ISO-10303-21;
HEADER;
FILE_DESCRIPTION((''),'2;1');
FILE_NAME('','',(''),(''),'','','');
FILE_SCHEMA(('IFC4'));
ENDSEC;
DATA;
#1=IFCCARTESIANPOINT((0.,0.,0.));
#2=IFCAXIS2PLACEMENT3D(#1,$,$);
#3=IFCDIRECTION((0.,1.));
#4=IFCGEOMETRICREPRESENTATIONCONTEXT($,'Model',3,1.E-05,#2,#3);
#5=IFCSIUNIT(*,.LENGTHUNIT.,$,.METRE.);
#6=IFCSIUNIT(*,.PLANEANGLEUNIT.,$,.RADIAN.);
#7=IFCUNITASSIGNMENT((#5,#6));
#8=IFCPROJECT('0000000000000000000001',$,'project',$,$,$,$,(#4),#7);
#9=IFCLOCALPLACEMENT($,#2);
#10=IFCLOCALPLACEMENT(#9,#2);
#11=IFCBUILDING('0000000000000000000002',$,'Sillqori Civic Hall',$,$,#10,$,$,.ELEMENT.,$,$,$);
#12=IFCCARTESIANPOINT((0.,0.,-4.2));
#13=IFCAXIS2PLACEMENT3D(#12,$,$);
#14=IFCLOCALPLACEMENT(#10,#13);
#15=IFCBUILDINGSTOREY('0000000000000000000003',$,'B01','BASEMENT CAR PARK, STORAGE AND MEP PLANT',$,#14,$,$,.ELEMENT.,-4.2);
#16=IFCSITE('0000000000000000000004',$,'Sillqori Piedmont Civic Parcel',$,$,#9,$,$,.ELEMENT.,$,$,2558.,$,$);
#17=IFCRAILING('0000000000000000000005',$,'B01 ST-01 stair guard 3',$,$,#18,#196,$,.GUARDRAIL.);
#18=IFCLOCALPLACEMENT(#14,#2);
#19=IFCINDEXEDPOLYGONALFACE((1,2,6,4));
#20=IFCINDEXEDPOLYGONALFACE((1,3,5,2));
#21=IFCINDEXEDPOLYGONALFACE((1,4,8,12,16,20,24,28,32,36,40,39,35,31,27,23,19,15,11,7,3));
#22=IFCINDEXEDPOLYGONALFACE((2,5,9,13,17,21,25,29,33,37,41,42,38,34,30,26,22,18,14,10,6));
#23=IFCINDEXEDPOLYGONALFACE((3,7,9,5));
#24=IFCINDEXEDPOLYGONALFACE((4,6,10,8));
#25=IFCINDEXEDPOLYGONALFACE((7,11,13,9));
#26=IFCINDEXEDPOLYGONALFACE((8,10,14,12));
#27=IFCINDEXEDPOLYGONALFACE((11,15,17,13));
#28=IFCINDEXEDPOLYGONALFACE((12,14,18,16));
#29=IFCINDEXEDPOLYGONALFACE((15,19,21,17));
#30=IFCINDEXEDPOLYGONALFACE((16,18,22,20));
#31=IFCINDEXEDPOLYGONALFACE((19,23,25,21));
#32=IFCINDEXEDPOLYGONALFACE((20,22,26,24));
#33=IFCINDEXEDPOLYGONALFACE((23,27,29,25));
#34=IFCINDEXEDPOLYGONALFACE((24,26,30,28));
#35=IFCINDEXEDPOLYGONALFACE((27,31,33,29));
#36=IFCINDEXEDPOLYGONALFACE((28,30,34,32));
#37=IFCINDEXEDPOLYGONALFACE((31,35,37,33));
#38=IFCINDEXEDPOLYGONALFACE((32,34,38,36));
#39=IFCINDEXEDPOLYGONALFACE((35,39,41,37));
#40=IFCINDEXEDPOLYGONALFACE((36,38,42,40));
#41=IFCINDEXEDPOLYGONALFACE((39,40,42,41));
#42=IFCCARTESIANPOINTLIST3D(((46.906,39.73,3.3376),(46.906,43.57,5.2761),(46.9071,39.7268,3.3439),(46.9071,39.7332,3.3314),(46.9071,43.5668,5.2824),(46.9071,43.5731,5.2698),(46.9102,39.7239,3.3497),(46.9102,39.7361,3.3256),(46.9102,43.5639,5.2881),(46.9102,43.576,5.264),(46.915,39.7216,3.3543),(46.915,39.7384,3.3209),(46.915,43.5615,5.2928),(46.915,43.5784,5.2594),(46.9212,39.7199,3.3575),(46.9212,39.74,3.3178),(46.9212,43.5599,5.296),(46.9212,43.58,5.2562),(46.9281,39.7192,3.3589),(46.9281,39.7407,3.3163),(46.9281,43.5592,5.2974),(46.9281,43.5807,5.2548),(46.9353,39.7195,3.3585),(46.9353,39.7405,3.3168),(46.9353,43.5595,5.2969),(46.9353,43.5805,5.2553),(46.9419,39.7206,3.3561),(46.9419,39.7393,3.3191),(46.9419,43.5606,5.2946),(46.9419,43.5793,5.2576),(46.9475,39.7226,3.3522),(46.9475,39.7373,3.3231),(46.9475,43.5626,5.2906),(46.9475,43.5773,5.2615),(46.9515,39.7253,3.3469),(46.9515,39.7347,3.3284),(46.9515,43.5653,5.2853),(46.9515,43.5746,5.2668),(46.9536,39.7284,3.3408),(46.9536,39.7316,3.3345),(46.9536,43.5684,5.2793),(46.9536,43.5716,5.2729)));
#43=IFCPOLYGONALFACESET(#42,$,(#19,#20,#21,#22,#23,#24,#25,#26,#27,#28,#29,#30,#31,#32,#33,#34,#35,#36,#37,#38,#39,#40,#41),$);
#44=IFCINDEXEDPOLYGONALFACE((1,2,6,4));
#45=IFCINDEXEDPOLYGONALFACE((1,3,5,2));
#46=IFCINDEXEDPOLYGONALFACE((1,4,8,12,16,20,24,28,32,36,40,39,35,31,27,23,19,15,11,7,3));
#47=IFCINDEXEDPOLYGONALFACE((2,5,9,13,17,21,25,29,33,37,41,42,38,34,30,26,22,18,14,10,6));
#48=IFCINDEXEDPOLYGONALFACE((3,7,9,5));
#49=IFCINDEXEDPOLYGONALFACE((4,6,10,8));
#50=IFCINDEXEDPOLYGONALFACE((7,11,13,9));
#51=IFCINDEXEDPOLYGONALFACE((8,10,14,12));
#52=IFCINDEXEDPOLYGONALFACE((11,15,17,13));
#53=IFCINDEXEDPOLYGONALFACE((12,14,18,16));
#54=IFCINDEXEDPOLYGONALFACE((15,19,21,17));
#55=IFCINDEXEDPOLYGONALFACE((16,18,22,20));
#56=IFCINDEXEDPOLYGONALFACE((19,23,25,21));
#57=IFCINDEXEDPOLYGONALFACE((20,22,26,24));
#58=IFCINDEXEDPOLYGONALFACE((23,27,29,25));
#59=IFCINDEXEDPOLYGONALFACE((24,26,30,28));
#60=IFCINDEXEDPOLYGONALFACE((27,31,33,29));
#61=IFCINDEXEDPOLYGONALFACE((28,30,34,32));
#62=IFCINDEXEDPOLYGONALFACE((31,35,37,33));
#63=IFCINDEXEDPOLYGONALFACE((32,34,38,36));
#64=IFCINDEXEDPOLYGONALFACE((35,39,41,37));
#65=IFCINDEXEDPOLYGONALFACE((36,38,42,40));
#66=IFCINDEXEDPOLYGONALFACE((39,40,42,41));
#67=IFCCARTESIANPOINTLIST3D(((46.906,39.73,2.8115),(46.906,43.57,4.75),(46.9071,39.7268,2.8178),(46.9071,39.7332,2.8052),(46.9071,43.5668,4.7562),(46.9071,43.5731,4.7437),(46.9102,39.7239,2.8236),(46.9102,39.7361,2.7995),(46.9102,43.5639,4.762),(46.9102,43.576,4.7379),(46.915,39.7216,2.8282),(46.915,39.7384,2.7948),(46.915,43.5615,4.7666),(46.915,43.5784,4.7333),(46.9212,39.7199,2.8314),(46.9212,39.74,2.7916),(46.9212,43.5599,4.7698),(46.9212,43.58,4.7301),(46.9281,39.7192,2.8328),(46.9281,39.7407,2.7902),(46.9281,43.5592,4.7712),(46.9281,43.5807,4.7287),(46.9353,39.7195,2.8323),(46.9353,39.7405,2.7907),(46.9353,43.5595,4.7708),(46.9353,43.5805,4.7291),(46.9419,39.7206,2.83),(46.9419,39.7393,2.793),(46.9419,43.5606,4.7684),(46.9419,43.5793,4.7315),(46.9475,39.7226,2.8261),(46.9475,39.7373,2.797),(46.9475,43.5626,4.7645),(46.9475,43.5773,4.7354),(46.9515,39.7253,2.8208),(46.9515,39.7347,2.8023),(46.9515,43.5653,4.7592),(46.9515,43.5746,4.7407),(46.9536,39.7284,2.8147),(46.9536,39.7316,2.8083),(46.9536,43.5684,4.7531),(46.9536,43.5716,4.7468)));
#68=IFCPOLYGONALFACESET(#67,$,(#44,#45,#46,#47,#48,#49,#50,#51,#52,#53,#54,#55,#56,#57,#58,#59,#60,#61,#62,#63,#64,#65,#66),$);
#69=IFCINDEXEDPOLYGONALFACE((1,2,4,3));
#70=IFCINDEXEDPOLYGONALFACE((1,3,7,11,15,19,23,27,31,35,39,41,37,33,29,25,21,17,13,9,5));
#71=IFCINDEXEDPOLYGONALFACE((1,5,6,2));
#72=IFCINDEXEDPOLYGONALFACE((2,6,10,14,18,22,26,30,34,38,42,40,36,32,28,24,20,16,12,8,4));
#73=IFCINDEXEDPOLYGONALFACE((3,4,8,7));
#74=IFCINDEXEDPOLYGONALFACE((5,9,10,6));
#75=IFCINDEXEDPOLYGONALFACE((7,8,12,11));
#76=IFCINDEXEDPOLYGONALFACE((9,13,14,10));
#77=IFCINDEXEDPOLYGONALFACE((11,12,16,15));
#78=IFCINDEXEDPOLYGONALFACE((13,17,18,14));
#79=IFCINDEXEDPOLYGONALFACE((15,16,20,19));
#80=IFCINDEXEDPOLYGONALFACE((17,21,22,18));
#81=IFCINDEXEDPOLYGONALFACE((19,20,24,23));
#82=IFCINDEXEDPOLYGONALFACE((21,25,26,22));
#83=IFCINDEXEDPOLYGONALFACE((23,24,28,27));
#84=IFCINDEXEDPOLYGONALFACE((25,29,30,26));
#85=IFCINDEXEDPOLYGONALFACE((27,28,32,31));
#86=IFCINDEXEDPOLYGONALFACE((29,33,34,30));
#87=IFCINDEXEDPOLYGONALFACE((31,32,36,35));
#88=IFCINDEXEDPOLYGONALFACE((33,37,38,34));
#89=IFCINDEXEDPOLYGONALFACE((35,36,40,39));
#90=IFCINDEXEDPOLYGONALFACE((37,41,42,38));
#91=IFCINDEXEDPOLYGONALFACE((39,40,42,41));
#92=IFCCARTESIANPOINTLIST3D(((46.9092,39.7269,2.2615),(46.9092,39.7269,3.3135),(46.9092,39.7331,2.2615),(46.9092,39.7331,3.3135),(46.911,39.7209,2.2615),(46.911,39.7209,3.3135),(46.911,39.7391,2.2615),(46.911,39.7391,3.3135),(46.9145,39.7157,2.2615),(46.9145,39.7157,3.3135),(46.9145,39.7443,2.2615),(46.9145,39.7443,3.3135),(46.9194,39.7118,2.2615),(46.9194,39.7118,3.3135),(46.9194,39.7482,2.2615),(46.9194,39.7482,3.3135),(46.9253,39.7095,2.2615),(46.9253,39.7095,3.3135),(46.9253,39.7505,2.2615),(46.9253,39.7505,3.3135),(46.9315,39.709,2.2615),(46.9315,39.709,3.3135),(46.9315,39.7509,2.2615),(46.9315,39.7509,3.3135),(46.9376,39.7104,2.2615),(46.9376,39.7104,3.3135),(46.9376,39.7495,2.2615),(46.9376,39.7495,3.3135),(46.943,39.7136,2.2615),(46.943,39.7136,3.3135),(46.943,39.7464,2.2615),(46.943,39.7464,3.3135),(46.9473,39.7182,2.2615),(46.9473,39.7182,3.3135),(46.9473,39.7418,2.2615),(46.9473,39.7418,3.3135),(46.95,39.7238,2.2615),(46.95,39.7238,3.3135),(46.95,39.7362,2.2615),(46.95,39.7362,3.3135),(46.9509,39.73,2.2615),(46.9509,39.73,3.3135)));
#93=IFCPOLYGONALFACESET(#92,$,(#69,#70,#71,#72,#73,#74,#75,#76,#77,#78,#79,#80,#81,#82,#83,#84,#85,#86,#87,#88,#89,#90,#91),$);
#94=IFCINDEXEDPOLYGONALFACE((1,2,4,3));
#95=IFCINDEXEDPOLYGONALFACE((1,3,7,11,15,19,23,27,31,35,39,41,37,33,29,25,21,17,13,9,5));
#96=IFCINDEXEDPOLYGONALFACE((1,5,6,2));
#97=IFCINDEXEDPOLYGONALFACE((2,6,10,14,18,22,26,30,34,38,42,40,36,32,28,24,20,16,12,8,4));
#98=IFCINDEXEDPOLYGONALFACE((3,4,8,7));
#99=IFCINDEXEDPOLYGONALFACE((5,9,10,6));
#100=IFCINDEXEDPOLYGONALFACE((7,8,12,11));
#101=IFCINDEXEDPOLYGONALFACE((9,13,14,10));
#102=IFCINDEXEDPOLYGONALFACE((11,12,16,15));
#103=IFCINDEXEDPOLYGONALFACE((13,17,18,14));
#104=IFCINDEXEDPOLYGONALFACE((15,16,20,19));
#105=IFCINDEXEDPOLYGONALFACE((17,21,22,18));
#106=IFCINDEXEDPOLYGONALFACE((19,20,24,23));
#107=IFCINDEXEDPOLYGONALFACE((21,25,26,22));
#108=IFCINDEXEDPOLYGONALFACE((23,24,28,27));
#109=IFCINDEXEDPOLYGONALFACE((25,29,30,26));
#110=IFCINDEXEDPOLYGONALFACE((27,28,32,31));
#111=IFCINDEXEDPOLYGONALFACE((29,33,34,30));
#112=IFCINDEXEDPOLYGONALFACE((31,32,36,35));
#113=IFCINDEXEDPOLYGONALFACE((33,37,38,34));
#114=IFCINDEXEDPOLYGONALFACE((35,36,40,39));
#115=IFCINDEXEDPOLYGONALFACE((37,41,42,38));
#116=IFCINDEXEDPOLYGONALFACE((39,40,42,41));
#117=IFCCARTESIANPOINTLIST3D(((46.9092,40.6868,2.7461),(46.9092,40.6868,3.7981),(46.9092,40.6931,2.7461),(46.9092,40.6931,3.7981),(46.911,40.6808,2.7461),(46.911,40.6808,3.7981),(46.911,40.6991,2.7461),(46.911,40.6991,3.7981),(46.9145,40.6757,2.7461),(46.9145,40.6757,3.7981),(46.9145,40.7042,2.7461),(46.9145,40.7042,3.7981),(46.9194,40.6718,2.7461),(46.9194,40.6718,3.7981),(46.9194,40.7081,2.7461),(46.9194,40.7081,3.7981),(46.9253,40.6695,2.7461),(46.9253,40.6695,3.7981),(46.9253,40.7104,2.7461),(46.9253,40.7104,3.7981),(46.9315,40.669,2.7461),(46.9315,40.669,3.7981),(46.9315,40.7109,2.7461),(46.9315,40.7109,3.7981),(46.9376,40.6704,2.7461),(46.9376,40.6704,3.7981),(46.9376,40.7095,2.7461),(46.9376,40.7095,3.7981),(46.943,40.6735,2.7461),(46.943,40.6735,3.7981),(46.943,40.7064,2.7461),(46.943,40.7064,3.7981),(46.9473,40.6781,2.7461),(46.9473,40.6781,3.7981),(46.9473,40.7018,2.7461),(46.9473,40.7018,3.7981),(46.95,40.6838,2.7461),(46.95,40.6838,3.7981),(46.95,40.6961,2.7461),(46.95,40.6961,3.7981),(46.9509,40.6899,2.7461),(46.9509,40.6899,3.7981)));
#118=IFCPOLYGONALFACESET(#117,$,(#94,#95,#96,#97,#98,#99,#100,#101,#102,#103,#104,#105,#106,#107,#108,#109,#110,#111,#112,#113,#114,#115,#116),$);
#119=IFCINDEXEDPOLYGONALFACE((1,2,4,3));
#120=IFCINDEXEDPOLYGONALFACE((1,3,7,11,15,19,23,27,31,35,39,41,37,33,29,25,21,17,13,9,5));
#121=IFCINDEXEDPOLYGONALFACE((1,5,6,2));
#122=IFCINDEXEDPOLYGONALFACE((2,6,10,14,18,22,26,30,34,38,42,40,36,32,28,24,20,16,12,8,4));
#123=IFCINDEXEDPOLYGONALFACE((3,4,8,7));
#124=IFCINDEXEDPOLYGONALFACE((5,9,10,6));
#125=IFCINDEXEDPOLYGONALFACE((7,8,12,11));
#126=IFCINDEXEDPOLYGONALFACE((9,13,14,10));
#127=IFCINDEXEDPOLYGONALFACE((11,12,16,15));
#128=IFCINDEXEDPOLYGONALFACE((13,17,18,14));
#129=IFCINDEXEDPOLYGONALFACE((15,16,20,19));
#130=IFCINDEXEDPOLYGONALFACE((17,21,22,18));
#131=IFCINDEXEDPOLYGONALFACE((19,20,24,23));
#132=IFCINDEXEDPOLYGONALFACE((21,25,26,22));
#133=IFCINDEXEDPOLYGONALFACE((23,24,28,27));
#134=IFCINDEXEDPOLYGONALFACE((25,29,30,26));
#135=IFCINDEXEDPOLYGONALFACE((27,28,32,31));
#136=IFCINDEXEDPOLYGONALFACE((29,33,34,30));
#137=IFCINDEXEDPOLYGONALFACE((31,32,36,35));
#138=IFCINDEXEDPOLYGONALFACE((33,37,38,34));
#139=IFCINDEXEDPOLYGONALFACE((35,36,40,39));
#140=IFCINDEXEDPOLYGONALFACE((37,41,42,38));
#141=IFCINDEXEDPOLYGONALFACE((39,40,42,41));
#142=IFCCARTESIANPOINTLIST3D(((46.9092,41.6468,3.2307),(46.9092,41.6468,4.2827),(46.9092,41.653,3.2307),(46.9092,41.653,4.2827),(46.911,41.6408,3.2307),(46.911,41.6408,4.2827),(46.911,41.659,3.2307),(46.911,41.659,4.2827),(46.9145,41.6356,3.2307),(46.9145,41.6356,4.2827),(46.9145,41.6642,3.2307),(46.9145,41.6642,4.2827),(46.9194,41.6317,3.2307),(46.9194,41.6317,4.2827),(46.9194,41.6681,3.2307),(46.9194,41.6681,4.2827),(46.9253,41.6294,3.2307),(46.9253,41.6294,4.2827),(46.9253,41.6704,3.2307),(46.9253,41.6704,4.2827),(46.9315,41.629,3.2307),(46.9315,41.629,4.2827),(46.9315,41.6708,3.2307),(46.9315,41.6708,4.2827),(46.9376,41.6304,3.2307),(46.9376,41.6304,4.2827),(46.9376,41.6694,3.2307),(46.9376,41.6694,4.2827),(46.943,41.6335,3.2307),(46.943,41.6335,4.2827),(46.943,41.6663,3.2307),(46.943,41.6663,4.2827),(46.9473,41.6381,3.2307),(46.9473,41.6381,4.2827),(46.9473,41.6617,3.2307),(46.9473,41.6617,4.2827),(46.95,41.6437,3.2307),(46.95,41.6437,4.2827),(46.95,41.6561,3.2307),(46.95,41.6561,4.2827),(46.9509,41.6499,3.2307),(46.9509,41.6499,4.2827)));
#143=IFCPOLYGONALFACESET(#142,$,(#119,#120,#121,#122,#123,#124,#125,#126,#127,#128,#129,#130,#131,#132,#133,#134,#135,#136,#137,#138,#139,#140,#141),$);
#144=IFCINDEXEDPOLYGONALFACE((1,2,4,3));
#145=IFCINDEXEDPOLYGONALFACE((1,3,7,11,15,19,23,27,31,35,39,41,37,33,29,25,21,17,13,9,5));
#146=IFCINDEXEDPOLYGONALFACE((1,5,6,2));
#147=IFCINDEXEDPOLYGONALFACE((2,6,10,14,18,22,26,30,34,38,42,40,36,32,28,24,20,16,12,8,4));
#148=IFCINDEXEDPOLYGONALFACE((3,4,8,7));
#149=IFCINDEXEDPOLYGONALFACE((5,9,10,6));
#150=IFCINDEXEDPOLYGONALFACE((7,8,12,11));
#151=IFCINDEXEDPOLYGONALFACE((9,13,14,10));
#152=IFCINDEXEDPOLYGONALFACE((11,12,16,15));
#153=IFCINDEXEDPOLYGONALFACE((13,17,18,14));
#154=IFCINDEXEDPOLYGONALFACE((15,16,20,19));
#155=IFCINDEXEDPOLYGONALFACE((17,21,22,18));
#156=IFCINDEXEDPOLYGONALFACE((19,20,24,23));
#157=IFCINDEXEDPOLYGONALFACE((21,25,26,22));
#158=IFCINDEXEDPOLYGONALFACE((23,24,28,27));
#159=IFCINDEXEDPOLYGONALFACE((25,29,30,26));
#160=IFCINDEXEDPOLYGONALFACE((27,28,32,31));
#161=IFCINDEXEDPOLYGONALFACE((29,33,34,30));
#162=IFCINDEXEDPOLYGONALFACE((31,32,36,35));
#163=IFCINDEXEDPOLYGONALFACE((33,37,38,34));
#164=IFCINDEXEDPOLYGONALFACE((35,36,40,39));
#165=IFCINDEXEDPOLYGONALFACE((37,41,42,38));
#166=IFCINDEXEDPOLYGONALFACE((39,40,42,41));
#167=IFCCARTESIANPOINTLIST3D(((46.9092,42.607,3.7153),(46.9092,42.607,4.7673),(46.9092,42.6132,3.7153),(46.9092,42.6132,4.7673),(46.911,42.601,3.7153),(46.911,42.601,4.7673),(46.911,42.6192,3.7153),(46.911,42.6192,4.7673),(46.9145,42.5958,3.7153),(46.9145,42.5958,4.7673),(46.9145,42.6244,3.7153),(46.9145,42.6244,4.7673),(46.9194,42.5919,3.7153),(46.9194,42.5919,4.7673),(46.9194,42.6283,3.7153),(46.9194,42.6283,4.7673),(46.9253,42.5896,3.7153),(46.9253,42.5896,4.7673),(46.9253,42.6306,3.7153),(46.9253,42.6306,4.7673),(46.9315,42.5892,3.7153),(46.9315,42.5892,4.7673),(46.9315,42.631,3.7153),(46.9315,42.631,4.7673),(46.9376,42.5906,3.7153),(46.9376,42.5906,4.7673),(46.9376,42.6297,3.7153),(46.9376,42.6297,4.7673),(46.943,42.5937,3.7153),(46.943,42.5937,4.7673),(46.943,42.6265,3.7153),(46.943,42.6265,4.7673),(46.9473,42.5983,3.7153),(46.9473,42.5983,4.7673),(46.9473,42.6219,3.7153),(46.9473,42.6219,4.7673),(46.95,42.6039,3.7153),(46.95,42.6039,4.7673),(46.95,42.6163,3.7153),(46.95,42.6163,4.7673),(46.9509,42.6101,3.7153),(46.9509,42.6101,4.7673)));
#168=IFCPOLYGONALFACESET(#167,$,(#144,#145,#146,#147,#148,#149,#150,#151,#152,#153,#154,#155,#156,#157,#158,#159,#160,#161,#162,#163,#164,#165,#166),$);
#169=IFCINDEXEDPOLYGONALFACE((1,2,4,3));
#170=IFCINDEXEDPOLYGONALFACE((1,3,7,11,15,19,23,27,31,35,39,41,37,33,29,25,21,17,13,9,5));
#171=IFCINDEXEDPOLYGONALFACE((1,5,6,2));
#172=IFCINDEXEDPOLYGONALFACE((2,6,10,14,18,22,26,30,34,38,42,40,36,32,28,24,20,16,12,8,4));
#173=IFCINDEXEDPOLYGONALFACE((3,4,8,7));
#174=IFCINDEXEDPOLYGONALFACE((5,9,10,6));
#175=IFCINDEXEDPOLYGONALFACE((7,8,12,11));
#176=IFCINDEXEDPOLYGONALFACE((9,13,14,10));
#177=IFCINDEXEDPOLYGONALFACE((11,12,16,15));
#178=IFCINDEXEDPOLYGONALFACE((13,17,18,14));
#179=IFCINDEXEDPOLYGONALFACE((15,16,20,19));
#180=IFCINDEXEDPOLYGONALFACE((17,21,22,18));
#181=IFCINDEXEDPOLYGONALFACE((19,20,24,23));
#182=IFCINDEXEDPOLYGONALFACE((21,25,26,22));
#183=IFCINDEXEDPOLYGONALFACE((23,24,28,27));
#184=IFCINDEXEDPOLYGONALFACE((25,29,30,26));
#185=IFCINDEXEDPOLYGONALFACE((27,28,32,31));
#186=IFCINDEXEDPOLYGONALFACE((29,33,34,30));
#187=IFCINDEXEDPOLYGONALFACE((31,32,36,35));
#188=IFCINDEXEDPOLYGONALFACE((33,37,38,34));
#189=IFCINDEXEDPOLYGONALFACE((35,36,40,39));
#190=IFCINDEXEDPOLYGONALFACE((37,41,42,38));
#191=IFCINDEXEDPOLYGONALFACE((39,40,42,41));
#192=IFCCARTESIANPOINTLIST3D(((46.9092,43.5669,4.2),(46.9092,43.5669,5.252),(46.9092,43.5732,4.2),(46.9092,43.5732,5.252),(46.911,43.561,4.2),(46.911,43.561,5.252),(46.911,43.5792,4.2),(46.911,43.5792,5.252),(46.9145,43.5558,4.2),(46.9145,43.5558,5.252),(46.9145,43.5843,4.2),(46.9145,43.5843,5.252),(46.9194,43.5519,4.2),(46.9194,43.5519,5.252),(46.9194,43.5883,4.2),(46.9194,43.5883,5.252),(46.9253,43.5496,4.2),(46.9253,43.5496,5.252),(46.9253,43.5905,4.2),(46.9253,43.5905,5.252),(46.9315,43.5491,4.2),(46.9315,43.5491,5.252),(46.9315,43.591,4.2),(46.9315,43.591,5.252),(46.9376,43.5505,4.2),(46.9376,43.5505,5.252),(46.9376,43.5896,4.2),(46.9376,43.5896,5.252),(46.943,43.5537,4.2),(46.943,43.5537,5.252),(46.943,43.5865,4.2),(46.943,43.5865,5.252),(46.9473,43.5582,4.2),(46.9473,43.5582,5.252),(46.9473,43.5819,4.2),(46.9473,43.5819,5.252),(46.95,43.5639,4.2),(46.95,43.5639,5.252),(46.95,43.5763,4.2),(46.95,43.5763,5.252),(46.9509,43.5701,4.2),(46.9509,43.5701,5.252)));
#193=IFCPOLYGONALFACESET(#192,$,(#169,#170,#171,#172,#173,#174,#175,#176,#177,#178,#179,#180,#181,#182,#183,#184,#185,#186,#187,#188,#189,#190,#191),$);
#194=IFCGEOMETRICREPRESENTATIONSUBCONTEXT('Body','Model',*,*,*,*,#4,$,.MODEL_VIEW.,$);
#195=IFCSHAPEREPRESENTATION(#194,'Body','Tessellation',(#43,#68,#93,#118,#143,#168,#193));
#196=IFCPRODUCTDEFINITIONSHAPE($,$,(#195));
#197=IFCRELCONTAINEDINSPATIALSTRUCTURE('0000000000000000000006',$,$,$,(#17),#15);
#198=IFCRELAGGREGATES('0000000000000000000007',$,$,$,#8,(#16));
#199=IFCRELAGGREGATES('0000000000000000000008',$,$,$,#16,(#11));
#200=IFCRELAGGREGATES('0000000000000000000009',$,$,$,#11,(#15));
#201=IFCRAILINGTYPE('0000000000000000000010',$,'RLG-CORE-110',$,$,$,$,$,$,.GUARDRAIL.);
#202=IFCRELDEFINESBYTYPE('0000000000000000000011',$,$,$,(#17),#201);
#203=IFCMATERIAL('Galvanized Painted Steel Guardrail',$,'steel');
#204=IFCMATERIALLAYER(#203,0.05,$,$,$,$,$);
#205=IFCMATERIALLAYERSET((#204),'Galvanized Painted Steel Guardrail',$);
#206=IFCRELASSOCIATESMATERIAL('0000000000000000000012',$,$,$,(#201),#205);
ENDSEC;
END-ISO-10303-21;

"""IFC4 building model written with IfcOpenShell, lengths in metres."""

from ifc_helpers import new_model, si_unit, direction, frame, origin, origin_2d, place, context, subcontext, project, spatial, circle, extrude, material, layer, layer_set, type_object, element, save


model = new_model("IFC4")

# Units and contexts
model_context = context("Model", 3, precision=1e-05, world=origin(), true_north=direction((0.0, 1.0)))
body_context = subcontext(model_context, "Body", "Model", "MODEL_VIEW")
ifc_project = project(units=[si_unit("LENGTHUNIT", "METRE"), si_unit("PLANEANGLEUNIT", "RADIAN")], contexts=[model_context])

# Site, building, storey
site_placement = place(None, origin())
site = spatial("IfcSite", under=ifc_project, at=site_placement, Name="Sillqori Piedmont Civic Parcel", CompositionType="ELEMENT", RefElevation=2558.0)
building_placement = place(site_placement, origin())
building = spatial("IfcBuilding", under=site, at=building_placement, Name="Sillqori Civic Hall", CompositionType="ELEMENT")
storey_placement = place(building_placement, frame((0.0, 0.0, -4.2)))
storey = spatial("IfcBuildingStorey", under=building, at=storey_placement, Name="B01", Description="BASEMENT CAR PARK, STORAGE AND MEP PLANT", CompositionType="ELEMENT", Elevation=-4.2)

# Railing
ifc_material_1 = material(Name="Galvanized Painted Steel Guardrail", Category="steel")
ifc_layer_1 = layer(ifc_material_1, 0.05)
ifc_layer_set_1 = layer_set([ifc_layer_1], Name="Galvanized Painted Steel Guardrail")
railing_type_1 = type_object("IfcRailingType", Name="RLG-CORE-110", PredefinedType="GUARDRAIL", material=ifc_layer_set_1)
railing_1_placement = place(storey_placement, frame((46.9299, 39.73, 2.2615)))
element("IfcRailing", 1, at=railing_1_placement, inside=storey, type_object=railing_type_1, Name="B01 ST-01 stair guard 3", PredefinedType="GUARDRAIL", context=body_context, shape_type="SweptSolid", body=[
    extrude(circle(Radius=0.0239, at=origin_2d()), frame((0.0, 0.0, 1.0762), z_axis=(0.0, 0.892707, 0.450638), x_axis=(-1.0, 0.0, 0.0)), (0.0, 0.0, 1.0), 4.3015),
    extrude(circle(Radius=0.0239, at=origin_2d()), frame((0.0, 0.0, 0.55), z_axis=(0.0, 0.892707, 0.450638), x_axis=(-1.0, 0.0, 0.0)), (0.0, 0.0, 1.0), 4.3015),
    extrude(circle(Radius=0.021, at=origin_2d()), origin(), (0.0, 0.0, 1.0), 1.052),
    extrude(circle(Radius=0.021, at=origin_2d()), frame((0.0, 0.96, 0.4846)), (0.0, 0.0, 1.0), 1.052),
    extrude(circle(Radius=0.021, at=origin_2d()), frame((0.0, 1.9199, 0.9692)), (0.0, 0.0, 1.0), 1.052),
    extrude(circle(Radius=0.021, at=origin_2d()), frame((0.0, 2.8801, 1.4539)), (0.0, 0.0, 1.0), 1.052),
    extrude(circle(Radius=0.021, at=origin_2d()), frame((0.0, 3.8401, 1.9385)), (0.0, 0.0, 1.0), 1.052),
])

save(model, "model.ifc")
